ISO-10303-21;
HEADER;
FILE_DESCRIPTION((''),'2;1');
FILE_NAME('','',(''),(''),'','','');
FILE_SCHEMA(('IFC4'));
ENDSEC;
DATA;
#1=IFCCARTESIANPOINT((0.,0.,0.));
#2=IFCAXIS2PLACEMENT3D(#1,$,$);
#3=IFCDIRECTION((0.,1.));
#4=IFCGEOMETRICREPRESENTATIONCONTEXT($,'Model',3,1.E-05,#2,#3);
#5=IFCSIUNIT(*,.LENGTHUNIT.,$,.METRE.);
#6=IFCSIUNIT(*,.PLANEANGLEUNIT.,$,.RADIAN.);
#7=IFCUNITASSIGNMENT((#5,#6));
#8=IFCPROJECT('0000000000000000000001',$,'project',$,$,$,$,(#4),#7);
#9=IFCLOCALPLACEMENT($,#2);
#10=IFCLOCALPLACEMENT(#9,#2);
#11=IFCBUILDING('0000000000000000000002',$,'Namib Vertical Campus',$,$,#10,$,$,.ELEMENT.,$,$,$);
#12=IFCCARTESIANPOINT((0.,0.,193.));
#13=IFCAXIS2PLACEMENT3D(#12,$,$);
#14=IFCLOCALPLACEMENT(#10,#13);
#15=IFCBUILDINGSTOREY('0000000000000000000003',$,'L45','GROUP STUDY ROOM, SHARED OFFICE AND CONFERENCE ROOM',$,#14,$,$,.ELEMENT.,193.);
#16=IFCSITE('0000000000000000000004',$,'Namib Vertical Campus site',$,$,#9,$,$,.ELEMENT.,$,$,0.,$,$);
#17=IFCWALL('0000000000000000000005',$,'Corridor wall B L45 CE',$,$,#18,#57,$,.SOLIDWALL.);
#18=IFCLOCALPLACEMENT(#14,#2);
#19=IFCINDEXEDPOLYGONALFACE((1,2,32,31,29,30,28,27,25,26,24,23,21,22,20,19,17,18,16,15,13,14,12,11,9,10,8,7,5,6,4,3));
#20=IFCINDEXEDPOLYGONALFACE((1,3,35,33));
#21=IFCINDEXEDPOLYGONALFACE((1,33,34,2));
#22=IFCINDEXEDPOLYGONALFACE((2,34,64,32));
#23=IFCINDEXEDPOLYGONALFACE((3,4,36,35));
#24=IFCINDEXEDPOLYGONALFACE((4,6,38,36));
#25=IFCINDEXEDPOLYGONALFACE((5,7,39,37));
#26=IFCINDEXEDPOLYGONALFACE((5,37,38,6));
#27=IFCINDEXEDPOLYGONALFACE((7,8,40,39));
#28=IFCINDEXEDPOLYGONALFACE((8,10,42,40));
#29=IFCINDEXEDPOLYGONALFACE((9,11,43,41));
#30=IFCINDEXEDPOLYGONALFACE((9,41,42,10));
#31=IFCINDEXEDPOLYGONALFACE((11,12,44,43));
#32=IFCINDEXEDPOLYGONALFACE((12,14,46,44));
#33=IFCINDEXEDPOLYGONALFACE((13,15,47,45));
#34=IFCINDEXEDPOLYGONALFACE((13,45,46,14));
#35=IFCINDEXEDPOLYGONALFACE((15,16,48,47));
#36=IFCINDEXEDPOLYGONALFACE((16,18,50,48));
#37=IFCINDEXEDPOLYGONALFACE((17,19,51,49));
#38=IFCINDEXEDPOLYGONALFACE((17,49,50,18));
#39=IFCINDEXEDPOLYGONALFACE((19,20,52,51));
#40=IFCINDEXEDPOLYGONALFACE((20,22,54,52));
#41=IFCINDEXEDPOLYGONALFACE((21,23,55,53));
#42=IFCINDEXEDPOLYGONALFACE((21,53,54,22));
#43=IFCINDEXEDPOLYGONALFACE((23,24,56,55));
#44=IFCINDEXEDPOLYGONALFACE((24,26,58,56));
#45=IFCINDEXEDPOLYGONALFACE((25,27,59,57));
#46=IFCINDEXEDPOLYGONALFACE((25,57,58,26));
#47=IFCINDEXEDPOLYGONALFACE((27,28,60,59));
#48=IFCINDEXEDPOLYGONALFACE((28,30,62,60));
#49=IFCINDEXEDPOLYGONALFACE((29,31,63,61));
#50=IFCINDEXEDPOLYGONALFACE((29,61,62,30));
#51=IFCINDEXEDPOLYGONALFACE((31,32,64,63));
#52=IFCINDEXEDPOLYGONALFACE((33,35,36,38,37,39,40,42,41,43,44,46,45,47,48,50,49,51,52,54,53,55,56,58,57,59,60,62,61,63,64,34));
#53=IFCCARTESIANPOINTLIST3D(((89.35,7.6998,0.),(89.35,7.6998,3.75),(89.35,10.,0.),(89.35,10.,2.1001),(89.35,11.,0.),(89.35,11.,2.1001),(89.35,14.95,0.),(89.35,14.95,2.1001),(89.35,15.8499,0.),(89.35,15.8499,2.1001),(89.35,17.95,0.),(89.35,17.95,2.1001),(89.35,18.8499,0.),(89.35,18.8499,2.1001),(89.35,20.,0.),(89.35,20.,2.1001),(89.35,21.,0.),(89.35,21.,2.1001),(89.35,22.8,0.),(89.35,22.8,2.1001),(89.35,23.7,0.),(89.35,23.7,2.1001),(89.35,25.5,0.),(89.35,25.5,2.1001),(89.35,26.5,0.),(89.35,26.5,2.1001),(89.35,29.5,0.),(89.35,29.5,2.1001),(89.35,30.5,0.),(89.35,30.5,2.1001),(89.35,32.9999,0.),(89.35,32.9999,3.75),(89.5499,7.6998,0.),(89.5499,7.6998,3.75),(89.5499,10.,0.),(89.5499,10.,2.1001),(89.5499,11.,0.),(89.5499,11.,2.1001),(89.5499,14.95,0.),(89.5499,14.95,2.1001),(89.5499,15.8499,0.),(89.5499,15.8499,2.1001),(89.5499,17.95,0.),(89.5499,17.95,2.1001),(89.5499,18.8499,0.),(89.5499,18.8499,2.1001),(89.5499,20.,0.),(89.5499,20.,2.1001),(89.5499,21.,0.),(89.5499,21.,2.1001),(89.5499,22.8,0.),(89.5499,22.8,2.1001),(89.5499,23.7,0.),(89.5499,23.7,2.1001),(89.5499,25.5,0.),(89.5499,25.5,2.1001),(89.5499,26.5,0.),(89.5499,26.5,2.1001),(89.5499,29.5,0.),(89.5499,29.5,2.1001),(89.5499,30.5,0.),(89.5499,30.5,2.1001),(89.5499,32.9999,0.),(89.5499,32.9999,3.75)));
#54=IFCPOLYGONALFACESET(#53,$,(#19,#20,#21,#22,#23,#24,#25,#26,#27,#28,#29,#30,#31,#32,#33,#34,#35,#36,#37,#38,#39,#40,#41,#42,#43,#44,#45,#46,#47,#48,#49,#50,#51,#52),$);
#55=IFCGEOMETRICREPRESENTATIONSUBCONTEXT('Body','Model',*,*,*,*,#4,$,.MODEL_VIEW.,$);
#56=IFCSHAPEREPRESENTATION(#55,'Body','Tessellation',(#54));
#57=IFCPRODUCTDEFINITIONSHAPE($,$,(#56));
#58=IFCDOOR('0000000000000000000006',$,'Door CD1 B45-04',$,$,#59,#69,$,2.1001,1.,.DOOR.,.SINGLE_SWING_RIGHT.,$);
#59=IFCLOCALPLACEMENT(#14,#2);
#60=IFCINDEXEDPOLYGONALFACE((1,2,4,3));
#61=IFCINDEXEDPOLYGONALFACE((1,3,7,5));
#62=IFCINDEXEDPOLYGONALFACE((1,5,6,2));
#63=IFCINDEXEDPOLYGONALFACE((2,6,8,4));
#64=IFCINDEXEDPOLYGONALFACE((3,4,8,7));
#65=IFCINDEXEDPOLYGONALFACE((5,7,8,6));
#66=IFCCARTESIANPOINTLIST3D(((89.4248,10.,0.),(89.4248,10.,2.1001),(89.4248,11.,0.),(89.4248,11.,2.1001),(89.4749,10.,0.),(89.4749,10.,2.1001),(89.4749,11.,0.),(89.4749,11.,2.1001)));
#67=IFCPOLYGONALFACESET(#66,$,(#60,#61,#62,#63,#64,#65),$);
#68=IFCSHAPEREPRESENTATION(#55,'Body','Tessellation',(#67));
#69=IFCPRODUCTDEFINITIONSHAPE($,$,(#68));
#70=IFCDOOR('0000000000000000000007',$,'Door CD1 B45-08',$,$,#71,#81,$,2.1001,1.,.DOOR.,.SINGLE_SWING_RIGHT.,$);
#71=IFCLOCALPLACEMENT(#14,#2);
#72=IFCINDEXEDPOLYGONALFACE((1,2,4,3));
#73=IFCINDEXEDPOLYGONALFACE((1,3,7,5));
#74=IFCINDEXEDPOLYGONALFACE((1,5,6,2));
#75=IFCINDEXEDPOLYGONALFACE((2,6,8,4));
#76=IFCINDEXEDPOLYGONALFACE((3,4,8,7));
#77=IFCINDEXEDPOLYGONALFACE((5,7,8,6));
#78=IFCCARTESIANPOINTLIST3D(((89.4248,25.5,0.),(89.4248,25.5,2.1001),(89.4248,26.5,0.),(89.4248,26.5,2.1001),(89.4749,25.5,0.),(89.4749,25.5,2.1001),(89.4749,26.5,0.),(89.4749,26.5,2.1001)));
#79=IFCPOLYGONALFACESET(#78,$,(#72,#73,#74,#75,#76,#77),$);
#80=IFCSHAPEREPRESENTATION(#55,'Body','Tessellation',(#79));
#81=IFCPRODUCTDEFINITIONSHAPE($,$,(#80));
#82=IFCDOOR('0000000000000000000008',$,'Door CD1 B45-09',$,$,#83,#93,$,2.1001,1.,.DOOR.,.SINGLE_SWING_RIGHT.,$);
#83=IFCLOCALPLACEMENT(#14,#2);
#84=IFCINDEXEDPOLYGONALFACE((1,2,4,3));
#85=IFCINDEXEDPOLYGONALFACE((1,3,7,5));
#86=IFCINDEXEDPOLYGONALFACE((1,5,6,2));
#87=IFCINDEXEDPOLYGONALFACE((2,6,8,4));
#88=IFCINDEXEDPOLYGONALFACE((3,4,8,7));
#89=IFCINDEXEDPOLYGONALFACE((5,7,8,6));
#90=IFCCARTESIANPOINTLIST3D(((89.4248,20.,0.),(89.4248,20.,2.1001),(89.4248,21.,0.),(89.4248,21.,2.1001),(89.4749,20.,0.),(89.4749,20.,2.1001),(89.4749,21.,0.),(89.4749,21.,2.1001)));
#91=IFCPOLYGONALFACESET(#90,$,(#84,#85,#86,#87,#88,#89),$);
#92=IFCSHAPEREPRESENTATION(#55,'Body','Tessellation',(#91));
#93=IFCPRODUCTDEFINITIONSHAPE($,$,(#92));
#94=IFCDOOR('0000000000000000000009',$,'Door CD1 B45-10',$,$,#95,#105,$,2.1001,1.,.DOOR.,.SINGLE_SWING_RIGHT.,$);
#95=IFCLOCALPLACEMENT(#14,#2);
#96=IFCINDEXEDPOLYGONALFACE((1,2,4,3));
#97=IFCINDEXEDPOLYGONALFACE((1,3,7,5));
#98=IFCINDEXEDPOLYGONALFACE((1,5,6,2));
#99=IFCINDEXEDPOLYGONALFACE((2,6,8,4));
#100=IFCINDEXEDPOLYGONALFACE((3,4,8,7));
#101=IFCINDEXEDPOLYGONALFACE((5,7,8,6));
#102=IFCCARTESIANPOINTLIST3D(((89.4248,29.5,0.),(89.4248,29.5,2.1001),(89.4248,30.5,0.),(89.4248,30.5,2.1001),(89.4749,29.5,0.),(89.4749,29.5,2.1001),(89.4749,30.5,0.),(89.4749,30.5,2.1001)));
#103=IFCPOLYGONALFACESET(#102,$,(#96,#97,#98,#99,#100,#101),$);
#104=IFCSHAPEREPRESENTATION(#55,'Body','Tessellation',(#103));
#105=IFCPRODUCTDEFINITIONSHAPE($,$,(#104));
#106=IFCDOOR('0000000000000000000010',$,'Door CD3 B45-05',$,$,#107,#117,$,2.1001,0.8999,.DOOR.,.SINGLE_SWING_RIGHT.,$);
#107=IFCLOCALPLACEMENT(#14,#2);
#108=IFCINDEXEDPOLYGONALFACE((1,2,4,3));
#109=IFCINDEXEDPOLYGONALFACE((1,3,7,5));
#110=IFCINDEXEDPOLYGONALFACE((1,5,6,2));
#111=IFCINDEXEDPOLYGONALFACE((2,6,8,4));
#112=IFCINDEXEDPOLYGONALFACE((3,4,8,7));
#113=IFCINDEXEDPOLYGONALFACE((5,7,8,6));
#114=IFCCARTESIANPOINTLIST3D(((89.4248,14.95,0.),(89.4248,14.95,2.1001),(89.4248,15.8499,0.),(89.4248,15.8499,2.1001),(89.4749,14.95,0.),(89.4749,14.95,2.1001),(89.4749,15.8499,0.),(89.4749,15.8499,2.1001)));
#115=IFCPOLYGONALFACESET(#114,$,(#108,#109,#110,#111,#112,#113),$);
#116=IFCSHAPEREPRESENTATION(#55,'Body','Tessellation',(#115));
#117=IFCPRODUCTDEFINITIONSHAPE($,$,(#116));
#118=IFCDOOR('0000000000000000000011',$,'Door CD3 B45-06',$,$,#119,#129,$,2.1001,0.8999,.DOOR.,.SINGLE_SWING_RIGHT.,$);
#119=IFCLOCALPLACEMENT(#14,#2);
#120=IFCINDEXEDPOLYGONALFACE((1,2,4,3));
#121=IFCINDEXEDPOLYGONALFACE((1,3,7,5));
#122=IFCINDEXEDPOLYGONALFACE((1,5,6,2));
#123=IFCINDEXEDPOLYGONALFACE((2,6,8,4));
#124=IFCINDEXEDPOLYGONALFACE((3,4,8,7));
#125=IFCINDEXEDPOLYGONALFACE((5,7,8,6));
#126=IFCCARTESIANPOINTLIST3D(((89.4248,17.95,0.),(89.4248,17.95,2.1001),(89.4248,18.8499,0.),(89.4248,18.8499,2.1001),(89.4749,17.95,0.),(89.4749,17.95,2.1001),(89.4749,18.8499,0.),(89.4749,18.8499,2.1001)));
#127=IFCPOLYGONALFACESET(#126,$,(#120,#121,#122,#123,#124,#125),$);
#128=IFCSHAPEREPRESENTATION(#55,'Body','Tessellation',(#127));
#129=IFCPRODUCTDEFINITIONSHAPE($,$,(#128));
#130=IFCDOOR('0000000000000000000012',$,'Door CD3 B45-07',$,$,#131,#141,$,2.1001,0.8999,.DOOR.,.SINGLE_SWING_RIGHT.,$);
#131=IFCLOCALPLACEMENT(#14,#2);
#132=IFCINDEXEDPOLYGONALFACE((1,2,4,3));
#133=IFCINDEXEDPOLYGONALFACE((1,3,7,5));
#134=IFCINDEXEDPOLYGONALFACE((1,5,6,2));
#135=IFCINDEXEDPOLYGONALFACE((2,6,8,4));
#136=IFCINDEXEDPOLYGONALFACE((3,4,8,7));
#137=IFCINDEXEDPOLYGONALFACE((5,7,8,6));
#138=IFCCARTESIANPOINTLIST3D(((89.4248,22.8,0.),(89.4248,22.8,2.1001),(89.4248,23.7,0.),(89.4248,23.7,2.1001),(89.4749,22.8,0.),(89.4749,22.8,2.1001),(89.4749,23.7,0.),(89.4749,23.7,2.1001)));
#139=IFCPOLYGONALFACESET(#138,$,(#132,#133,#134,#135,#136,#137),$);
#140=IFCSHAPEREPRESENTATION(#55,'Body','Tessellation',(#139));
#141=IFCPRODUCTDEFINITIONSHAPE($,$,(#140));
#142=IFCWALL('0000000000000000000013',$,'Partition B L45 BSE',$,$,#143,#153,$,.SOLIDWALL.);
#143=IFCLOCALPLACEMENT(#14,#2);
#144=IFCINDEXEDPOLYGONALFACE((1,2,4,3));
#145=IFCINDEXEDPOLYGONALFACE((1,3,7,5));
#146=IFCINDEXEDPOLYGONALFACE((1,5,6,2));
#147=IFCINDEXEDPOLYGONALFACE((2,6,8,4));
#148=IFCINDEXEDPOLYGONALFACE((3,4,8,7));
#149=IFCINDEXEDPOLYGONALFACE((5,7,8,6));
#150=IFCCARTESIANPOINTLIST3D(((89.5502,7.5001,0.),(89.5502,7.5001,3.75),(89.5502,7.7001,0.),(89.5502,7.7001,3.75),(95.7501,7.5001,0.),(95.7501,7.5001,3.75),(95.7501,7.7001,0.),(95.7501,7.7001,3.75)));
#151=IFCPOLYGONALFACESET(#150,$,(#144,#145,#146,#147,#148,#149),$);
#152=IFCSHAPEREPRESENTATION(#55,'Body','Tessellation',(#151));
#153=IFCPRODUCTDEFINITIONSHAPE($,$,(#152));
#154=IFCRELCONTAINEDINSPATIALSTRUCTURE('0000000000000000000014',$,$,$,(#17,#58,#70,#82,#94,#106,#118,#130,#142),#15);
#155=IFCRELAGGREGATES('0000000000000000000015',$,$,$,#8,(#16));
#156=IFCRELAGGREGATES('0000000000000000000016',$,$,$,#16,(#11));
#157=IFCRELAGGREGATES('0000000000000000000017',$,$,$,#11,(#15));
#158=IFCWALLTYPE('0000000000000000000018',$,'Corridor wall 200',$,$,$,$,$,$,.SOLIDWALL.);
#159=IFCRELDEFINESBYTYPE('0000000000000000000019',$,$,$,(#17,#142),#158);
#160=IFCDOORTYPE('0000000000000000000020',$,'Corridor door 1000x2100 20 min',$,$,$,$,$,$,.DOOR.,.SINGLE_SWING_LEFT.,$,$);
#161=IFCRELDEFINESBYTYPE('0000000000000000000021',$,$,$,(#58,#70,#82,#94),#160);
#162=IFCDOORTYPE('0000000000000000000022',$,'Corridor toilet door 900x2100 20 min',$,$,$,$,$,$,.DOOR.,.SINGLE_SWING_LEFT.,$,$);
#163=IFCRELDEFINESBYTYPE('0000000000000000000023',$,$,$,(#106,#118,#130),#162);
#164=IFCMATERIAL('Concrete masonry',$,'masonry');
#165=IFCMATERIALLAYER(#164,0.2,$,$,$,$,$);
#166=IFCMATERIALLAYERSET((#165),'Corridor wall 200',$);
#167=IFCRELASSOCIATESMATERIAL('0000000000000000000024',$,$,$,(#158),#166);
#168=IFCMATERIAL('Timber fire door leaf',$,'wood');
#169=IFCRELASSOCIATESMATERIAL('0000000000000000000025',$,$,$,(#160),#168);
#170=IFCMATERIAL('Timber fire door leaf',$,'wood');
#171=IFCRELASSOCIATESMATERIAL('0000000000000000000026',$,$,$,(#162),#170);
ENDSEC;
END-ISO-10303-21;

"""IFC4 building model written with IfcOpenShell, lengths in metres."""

from ifc_helpers import new_model, si_unit, direction, frame, frame_2d, origin, place, context, subcontext, project, spatial, rectangle, extrude, material, layer, layer_set, type_object, element, fill, save


model = new_model("IFC4")

# Units and contexts
model_context = context("Model", 3, precision=1e-05, world=origin(), true_north=direction((0.0, 1.0)))
body_context = subcontext(model_context, "Body", "Model", "MODEL_VIEW")
ifc_project = project(units=[si_unit("LENGTHUNIT", "METRE"), si_unit("PLANEANGLEUNIT", "RADIAN")], contexts=[model_context])

# Site, building, storey
site_placement = place(None, origin())
site = spatial("IfcSite", under=ifc_project, at=site_placement, Name="Namib Vertical Campus site", CompositionType="ELEMENT", RefElevation=0.0)
building_placement = place(site_placement, origin())
building = spatial("IfcBuilding", under=site, at=building_placement, Name="Namib Vertical Campus", CompositionType="ELEMENT")
storey_placement = place(building_placement, frame((0.0, 0.0, 193.0)))
storey = spatial("IfcBuildingStorey", under=building, at=storey_placement, Name="L45", Description="GROUP STUDY ROOM, SHARED OFFICE AND CONFERENCE ROOM", CompositionType="ELEMENT", Elevation=193.0)

# Wall, openings, doors
ifc_material_1 = material(Name="Concrete masonry", Category="masonry")
ifc_layer_1 = layer(ifc_material_1, 0.2)
ifc_layer_set_1 = layer_set([ifc_layer_1], Name="Corridor wall 200")
wall_type_1 = type_object("IfcWallType", Name="Corridor wall 200", PredefinedType="SOLIDWALL", material=ifc_layer_set_1)
wall_1_placement = place(storey_placement, frame((89.45, 7.7, 0.0), z_axis=(0.0, 0.0, 1.0), x_axis=(0.0, 1.0, 0.0)))
wall_1 = element("IfcWall", 1, at=wall_1_placement, inside=storey, type_object=wall_type_1, Name="Corridor wall B L45 CE", PredefinedType="SOLIDWALL", context=body_context, shape_type="SweptSolid", body=[
    extrude(rectangle(XDim=25.3, YDim=0.2, at=frame_2d((12.6499, 0.0))), origin(), (0.0, 0.0, 1.0), 3.75),
])
opening_1_placement = place(wall_1_placement, frame((2.3, 0.0, 0.0)))
opening_1 = element("IfcOpeningElement", 2, at=opening_1_placement, cuts=wall_1, PredefinedType="OPENING", context=body_context, shape_type="SweptSolid", body=[
    extrude(rectangle(XDim=1.0, YDim=2.1001, at=frame_2d((0.5, 1.05))), frame((0.0, 0.1099, 0.0), z_axis=(0.0, -1.0, 0.0), x_axis=(1.0, 0.0, 0.0)), (0.0, 0.0, 1.0), 0.22),
])
opening_2_placement = place(wall_1_placement, frame((7.25, 0.0, 0.0)))
opening_2 = element("IfcOpeningElement", 3, at=opening_2_placement, cuts=wall_1, PredefinedType="OPENING", context=body_context, shape_type="SweptSolid", body=[
    extrude(rectangle(XDim=0.8999, YDim=2.1001, at=frame_2d((0.45, 1.05))), frame((0.0, 0.1099, 0.0), z_axis=(0.0, -1.0, 0.0), x_axis=(1.0, 0.0, 0.0)), (0.0, 0.0, 1.0), 0.22),
])
opening_3_placement = place(wall_1_placement, frame((10.25, 0.0, 0.0)))
opening_3 = element("IfcOpeningElement", 4, at=opening_3_placement, cuts=wall_1, PredefinedType="OPENING", context=body_context, shape_type="SweptSolid", body=[
    extrude(rectangle(XDim=0.8999, YDim=2.1001, at=frame_2d((0.45, 1.05))), frame((0.0, 0.1099, 0.0), z_axis=(0.0, -1.0, 0.0), x_axis=(1.0, 0.0, 0.0)), (0.0, 0.0, 1.0), 0.22),
])
opening_4_placement = place(wall_1_placement, frame((15.1001, 0.0, 0.0)))
opening_4 = element("IfcOpeningElement", 5, at=opening_4_placement, cuts=wall_1, PredefinedType="OPENING", context=body_context, shape_type="SweptSolid", body=[
    extrude(rectangle(XDim=0.8999, YDim=2.1001, at=frame_2d((0.45, 1.05))), frame((0.0, 0.1099, 0.0), z_axis=(0.0, -1.0, 0.0), x_axis=(1.0, 0.0, 0.0)), (0.0, 0.0, 1.0), 0.22),
])
opening_5_placement = place(wall_1_placement, frame((17.8, 0.0, 0.0)))
opening_5 = element("IfcOpeningElement", 6, at=opening_5_placement, cuts=wall_1, PredefinedType="OPENING", context=body_context, shape_type="SweptSolid", body=[
    extrude(rectangle(XDim=1.0, YDim=2.1001, at=frame_2d((0.5, 1.05))), frame((0.0, 0.1099, 0.0), z_axis=(0.0, -1.0, 0.0), x_axis=(1.0, 0.0, 0.0)), (0.0, 0.0, 1.0), 0.22),
])
opening_6_placement = place(wall_1_placement, frame((12.3, 0.0, 0.0)))
opening_6 = element("IfcOpeningElement", 7, at=opening_6_placement, cuts=wall_1, PredefinedType="OPENING", context=body_context, shape_type="SweptSolid", body=[
    extrude(rectangle(XDim=1.0, YDim=2.1001, at=frame_2d((0.5, 1.05))), frame((0.0, 0.1099, 0.0), z_axis=(0.0, -1.0, 0.0), x_axis=(1.0, 0.0, 0.0)), (0.0, 0.0, 1.0), 0.22),
])
opening_7_placement = place(wall_1_placement, frame((21.8, 0.0, 0.0)))
opening_7 = element("IfcOpeningElement", 8, at=opening_7_placement, cuts=wall_1, PredefinedType="OPENING", context=body_context, shape_type="SweptSolid", body=[
    extrude(rectangle(XDim=1.0, YDim=2.1001, at=frame_2d((0.5, 1.05))), frame((0.0, 0.1099, 0.0), z_axis=(0.0, -1.0, 0.0), x_axis=(1.0, 0.0, 0.0)), (0.0, 0.0, 1.0), 0.22),
])
ifc_material_2 = material(Name="Timber fire door leaf", Category="wood")
door_type_1 = type_object("IfcDoorType", Name="Corridor door 1000x2100 20 min", OperationType="SINGLE_SWING_LEFT", PredefinedType="DOOR", material=ifc_material_2)
door_1_placement = place(opening_1_placement, frame((1.0, 0.0, 0.0), z_axis=(0.0, 0.0, 1.0), x_axis=(-1.0, 0.0, 0.0)))
door_1 = element("IfcDoor", 9, at=door_1_placement, inside=storey, type_object=door_type_1, Name="Door CD1 B45-04", OperationType="SINGLE_SWING_RIGHT", OverallHeight=2.1001, OverallWidth=1.0, PredefinedType="DOOR", context=body_context, shape_type="SweptSolid", body=[
    extrude(rectangle(XDim=1.0, YDim=2.1001, at=frame_2d((0.5, 1.05))), frame((0.0, 0.0249, 0.0), z_axis=(0.0, -1.0, 0.0), x_axis=(1.0, 0.0, 0.0)), (0.0, 0.0, 1.0), 0.05),
])
fill(opening_1, door_1)
door_2_placement = place(opening_5_placement, frame((1.0, 0.0, 0.0), z_axis=(0.0, 0.0, 1.0), x_axis=(-1.0, 0.0, 0.0)))
door_2 = element("IfcDoor", 10, at=door_2_placement, inside=storey, type_object=door_type_1, Name="Door CD1 B45-08", OperationType="SINGLE_SWING_RIGHT", OverallHeight=2.1001, OverallWidth=1.0, PredefinedType="DOOR", context=body_context, shape_type="SweptSolid", body=[
    extrude(rectangle(XDim=1.0, YDim=2.1001, at=frame_2d((0.5, 1.05))), frame((0.0, 0.0249, 0.0), z_axis=(0.0, -1.0, 0.0), x_axis=(1.0, 0.0, 0.0)), (0.0, 0.0, 1.0), 0.05),
])
fill(opening_5, door_2)
door_3_placement = place(opening_6_placement, frame((1.0, 0.0, 0.0), z_axis=(0.0, 0.0, 1.0), x_axis=(-1.0, 0.0, 0.0)))
door_3 = element("IfcDoor", 11, at=door_3_placement, inside=storey, type_object=door_type_1, Name="Door CD1 B45-09", OperationType="SINGLE_SWING_RIGHT", OverallHeight=2.1001, OverallWidth=1.0, PredefinedType="DOOR", context=body_context, shape_type="SweptSolid", body=[
    extrude(rectangle(XDim=1.0, YDim=2.1001, at=frame_2d((0.5, 1.05))), frame((0.0, 0.0249, 0.0), z_axis=(0.0, -1.0, 0.0), x_axis=(1.0, 0.0, 0.0)), (0.0, 0.0, 1.0), 0.05),
])
fill(opening_6, door_3)
door_4_placement = place(opening_7_placement, frame((1.0, 0.0, 0.0), z_axis=(0.0, 0.0, 1.0), x_axis=(-1.0, 0.0, 0.0)))
door_4 = element("IfcDoor", 12, at=door_4_placement, inside=storey, type_object=door_type_1, Name="Door CD1 B45-10", OperationType="SINGLE_SWING_RIGHT", OverallHeight=2.1001, OverallWidth=1.0, PredefinedType="DOOR", context=body_context, shape_type="SweptSolid", body=[
    extrude(rectangle(XDim=1.0, YDim=2.1001, at=frame_2d((0.5, 1.05))), frame((0.0, 0.0249, 0.0), z_axis=(0.0, -1.0, 0.0), x_axis=(1.0, 0.0, 0.0)), (0.0, 0.0, 1.0), 0.05),
])
fill(opening_7, door_4)
ifc_material_3 = material(Name="Timber fire door leaf", Category="wood")
door_type_2 = type_object("IfcDoorType", Name="Corridor toilet door 900x2100 20 min", OperationType="SINGLE_SWING_LEFT", PredefinedType="DOOR", material=ifc_material_3)
door_5_placement = place(opening_2_placement, frame((0.8999, 0.0, 0.0), z_axis=(0.0, 0.0, 1.0), x_axis=(-1.0, 0.0, 0.0)))
door_5 = element("IfcDoor", 13, at=door_5_placement, inside=storey, type_object=door_type_2, Name="Door CD3 B45-05", OperationType="SINGLE_SWING_RIGHT", OverallHeight=2.1001, OverallWidth=0.8999, PredefinedType="DOOR", context=body_context, shape_type="SweptSolid", body=[
    extrude(rectangle(XDim=0.8999, YDim=2.1001, at=frame_2d((0.45, 1.05))), frame((0.0, 0.0249, 0.0), z_axis=(0.0, -1.0, 0.0), x_axis=(1.0, 0.0, 0.0)), (0.0, 0.0, 1.0), 0.05),
])
fill(opening_2, door_5)
door_6_placement = place(opening_3_placement, frame((0.8999, 0.0, 0.0), z_axis=(0.0, 0.0, 1.0), x_axis=(-1.0, 0.0, 0.0)))
door_6 = element("IfcDoor", 14, at=door_6_placement, inside=storey, type_object=door_type_2, Name="Door CD3 B45-06", OperationType="SINGLE_SWING_RIGHT", OverallHeight=2.1001, OverallWidth=0.8999, PredefinedType="DOOR", context=body_context, shape_type="SweptSolid", body=[
    extrude(rectangle(XDim=0.8999, YDim=2.1001, at=frame_2d((0.45, 1.05))), frame((0.0, 0.0249, 0.0), z_axis=(0.0, -1.0, 0.0), x_axis=(1.0, 0.0, 0.0)), (0.0, 0.0, 1.0), 0.05),
])
fill(opening_3, door_6)
door_7_placement = place(opening_4_placement, frame((0.8999, 0.0, 0.0), z_axis=(0.0, 0.0, 1.0), x_axis=(-1.0, 0.0, 0.0)))
door_7 = element("IfcDoor", 15, at=door_7_placement, inside=storey, type_object=door_type_2, Name="Door CD3 B45-07", OperationType="SINGLE_SWING_RIGHT", OverallHeight=2.1001, OverallWidth=0.8999, PredefinedType="DOOR", context=body_context, shape_type="SweptSolid", body=[
    extrude(rectangle(XDim=0.8999, YDim=2.1001, at=frame_2d((0.45, 1.05))), frame((0.0, 0.0249, 0.0), z_axis=(0.0, -1.0, 0.0), x_axis=(1.0, 0.0, 0.0)), (0.0, 0.0, 1.0), 0.05),
])
fill(opening_4, door_7)

# Wall
wall_2_placement = place(storey_placement, frame((89.55, 7.6001, 0.0), z_axis=(0.0, 0.0, 1.0), x_axis=(1.0, 0.0, 0.0)))
element("IfcWall", 16, at=wall_2_placement, inside=storey, type_object=wall_type_1, Name="Partition B L45 BSE", PredefinedType="SOLIDWALL", context=body_context, shape_type="SweptSolid", body=[
    extrude(rectangle(XDim=6.2, YDim=0.2, at=frame_2d((3.1001, 0.0))), origin(), (0.0, 0.0, 1.0), 3.75),
])

save(model, "model.ifc")
